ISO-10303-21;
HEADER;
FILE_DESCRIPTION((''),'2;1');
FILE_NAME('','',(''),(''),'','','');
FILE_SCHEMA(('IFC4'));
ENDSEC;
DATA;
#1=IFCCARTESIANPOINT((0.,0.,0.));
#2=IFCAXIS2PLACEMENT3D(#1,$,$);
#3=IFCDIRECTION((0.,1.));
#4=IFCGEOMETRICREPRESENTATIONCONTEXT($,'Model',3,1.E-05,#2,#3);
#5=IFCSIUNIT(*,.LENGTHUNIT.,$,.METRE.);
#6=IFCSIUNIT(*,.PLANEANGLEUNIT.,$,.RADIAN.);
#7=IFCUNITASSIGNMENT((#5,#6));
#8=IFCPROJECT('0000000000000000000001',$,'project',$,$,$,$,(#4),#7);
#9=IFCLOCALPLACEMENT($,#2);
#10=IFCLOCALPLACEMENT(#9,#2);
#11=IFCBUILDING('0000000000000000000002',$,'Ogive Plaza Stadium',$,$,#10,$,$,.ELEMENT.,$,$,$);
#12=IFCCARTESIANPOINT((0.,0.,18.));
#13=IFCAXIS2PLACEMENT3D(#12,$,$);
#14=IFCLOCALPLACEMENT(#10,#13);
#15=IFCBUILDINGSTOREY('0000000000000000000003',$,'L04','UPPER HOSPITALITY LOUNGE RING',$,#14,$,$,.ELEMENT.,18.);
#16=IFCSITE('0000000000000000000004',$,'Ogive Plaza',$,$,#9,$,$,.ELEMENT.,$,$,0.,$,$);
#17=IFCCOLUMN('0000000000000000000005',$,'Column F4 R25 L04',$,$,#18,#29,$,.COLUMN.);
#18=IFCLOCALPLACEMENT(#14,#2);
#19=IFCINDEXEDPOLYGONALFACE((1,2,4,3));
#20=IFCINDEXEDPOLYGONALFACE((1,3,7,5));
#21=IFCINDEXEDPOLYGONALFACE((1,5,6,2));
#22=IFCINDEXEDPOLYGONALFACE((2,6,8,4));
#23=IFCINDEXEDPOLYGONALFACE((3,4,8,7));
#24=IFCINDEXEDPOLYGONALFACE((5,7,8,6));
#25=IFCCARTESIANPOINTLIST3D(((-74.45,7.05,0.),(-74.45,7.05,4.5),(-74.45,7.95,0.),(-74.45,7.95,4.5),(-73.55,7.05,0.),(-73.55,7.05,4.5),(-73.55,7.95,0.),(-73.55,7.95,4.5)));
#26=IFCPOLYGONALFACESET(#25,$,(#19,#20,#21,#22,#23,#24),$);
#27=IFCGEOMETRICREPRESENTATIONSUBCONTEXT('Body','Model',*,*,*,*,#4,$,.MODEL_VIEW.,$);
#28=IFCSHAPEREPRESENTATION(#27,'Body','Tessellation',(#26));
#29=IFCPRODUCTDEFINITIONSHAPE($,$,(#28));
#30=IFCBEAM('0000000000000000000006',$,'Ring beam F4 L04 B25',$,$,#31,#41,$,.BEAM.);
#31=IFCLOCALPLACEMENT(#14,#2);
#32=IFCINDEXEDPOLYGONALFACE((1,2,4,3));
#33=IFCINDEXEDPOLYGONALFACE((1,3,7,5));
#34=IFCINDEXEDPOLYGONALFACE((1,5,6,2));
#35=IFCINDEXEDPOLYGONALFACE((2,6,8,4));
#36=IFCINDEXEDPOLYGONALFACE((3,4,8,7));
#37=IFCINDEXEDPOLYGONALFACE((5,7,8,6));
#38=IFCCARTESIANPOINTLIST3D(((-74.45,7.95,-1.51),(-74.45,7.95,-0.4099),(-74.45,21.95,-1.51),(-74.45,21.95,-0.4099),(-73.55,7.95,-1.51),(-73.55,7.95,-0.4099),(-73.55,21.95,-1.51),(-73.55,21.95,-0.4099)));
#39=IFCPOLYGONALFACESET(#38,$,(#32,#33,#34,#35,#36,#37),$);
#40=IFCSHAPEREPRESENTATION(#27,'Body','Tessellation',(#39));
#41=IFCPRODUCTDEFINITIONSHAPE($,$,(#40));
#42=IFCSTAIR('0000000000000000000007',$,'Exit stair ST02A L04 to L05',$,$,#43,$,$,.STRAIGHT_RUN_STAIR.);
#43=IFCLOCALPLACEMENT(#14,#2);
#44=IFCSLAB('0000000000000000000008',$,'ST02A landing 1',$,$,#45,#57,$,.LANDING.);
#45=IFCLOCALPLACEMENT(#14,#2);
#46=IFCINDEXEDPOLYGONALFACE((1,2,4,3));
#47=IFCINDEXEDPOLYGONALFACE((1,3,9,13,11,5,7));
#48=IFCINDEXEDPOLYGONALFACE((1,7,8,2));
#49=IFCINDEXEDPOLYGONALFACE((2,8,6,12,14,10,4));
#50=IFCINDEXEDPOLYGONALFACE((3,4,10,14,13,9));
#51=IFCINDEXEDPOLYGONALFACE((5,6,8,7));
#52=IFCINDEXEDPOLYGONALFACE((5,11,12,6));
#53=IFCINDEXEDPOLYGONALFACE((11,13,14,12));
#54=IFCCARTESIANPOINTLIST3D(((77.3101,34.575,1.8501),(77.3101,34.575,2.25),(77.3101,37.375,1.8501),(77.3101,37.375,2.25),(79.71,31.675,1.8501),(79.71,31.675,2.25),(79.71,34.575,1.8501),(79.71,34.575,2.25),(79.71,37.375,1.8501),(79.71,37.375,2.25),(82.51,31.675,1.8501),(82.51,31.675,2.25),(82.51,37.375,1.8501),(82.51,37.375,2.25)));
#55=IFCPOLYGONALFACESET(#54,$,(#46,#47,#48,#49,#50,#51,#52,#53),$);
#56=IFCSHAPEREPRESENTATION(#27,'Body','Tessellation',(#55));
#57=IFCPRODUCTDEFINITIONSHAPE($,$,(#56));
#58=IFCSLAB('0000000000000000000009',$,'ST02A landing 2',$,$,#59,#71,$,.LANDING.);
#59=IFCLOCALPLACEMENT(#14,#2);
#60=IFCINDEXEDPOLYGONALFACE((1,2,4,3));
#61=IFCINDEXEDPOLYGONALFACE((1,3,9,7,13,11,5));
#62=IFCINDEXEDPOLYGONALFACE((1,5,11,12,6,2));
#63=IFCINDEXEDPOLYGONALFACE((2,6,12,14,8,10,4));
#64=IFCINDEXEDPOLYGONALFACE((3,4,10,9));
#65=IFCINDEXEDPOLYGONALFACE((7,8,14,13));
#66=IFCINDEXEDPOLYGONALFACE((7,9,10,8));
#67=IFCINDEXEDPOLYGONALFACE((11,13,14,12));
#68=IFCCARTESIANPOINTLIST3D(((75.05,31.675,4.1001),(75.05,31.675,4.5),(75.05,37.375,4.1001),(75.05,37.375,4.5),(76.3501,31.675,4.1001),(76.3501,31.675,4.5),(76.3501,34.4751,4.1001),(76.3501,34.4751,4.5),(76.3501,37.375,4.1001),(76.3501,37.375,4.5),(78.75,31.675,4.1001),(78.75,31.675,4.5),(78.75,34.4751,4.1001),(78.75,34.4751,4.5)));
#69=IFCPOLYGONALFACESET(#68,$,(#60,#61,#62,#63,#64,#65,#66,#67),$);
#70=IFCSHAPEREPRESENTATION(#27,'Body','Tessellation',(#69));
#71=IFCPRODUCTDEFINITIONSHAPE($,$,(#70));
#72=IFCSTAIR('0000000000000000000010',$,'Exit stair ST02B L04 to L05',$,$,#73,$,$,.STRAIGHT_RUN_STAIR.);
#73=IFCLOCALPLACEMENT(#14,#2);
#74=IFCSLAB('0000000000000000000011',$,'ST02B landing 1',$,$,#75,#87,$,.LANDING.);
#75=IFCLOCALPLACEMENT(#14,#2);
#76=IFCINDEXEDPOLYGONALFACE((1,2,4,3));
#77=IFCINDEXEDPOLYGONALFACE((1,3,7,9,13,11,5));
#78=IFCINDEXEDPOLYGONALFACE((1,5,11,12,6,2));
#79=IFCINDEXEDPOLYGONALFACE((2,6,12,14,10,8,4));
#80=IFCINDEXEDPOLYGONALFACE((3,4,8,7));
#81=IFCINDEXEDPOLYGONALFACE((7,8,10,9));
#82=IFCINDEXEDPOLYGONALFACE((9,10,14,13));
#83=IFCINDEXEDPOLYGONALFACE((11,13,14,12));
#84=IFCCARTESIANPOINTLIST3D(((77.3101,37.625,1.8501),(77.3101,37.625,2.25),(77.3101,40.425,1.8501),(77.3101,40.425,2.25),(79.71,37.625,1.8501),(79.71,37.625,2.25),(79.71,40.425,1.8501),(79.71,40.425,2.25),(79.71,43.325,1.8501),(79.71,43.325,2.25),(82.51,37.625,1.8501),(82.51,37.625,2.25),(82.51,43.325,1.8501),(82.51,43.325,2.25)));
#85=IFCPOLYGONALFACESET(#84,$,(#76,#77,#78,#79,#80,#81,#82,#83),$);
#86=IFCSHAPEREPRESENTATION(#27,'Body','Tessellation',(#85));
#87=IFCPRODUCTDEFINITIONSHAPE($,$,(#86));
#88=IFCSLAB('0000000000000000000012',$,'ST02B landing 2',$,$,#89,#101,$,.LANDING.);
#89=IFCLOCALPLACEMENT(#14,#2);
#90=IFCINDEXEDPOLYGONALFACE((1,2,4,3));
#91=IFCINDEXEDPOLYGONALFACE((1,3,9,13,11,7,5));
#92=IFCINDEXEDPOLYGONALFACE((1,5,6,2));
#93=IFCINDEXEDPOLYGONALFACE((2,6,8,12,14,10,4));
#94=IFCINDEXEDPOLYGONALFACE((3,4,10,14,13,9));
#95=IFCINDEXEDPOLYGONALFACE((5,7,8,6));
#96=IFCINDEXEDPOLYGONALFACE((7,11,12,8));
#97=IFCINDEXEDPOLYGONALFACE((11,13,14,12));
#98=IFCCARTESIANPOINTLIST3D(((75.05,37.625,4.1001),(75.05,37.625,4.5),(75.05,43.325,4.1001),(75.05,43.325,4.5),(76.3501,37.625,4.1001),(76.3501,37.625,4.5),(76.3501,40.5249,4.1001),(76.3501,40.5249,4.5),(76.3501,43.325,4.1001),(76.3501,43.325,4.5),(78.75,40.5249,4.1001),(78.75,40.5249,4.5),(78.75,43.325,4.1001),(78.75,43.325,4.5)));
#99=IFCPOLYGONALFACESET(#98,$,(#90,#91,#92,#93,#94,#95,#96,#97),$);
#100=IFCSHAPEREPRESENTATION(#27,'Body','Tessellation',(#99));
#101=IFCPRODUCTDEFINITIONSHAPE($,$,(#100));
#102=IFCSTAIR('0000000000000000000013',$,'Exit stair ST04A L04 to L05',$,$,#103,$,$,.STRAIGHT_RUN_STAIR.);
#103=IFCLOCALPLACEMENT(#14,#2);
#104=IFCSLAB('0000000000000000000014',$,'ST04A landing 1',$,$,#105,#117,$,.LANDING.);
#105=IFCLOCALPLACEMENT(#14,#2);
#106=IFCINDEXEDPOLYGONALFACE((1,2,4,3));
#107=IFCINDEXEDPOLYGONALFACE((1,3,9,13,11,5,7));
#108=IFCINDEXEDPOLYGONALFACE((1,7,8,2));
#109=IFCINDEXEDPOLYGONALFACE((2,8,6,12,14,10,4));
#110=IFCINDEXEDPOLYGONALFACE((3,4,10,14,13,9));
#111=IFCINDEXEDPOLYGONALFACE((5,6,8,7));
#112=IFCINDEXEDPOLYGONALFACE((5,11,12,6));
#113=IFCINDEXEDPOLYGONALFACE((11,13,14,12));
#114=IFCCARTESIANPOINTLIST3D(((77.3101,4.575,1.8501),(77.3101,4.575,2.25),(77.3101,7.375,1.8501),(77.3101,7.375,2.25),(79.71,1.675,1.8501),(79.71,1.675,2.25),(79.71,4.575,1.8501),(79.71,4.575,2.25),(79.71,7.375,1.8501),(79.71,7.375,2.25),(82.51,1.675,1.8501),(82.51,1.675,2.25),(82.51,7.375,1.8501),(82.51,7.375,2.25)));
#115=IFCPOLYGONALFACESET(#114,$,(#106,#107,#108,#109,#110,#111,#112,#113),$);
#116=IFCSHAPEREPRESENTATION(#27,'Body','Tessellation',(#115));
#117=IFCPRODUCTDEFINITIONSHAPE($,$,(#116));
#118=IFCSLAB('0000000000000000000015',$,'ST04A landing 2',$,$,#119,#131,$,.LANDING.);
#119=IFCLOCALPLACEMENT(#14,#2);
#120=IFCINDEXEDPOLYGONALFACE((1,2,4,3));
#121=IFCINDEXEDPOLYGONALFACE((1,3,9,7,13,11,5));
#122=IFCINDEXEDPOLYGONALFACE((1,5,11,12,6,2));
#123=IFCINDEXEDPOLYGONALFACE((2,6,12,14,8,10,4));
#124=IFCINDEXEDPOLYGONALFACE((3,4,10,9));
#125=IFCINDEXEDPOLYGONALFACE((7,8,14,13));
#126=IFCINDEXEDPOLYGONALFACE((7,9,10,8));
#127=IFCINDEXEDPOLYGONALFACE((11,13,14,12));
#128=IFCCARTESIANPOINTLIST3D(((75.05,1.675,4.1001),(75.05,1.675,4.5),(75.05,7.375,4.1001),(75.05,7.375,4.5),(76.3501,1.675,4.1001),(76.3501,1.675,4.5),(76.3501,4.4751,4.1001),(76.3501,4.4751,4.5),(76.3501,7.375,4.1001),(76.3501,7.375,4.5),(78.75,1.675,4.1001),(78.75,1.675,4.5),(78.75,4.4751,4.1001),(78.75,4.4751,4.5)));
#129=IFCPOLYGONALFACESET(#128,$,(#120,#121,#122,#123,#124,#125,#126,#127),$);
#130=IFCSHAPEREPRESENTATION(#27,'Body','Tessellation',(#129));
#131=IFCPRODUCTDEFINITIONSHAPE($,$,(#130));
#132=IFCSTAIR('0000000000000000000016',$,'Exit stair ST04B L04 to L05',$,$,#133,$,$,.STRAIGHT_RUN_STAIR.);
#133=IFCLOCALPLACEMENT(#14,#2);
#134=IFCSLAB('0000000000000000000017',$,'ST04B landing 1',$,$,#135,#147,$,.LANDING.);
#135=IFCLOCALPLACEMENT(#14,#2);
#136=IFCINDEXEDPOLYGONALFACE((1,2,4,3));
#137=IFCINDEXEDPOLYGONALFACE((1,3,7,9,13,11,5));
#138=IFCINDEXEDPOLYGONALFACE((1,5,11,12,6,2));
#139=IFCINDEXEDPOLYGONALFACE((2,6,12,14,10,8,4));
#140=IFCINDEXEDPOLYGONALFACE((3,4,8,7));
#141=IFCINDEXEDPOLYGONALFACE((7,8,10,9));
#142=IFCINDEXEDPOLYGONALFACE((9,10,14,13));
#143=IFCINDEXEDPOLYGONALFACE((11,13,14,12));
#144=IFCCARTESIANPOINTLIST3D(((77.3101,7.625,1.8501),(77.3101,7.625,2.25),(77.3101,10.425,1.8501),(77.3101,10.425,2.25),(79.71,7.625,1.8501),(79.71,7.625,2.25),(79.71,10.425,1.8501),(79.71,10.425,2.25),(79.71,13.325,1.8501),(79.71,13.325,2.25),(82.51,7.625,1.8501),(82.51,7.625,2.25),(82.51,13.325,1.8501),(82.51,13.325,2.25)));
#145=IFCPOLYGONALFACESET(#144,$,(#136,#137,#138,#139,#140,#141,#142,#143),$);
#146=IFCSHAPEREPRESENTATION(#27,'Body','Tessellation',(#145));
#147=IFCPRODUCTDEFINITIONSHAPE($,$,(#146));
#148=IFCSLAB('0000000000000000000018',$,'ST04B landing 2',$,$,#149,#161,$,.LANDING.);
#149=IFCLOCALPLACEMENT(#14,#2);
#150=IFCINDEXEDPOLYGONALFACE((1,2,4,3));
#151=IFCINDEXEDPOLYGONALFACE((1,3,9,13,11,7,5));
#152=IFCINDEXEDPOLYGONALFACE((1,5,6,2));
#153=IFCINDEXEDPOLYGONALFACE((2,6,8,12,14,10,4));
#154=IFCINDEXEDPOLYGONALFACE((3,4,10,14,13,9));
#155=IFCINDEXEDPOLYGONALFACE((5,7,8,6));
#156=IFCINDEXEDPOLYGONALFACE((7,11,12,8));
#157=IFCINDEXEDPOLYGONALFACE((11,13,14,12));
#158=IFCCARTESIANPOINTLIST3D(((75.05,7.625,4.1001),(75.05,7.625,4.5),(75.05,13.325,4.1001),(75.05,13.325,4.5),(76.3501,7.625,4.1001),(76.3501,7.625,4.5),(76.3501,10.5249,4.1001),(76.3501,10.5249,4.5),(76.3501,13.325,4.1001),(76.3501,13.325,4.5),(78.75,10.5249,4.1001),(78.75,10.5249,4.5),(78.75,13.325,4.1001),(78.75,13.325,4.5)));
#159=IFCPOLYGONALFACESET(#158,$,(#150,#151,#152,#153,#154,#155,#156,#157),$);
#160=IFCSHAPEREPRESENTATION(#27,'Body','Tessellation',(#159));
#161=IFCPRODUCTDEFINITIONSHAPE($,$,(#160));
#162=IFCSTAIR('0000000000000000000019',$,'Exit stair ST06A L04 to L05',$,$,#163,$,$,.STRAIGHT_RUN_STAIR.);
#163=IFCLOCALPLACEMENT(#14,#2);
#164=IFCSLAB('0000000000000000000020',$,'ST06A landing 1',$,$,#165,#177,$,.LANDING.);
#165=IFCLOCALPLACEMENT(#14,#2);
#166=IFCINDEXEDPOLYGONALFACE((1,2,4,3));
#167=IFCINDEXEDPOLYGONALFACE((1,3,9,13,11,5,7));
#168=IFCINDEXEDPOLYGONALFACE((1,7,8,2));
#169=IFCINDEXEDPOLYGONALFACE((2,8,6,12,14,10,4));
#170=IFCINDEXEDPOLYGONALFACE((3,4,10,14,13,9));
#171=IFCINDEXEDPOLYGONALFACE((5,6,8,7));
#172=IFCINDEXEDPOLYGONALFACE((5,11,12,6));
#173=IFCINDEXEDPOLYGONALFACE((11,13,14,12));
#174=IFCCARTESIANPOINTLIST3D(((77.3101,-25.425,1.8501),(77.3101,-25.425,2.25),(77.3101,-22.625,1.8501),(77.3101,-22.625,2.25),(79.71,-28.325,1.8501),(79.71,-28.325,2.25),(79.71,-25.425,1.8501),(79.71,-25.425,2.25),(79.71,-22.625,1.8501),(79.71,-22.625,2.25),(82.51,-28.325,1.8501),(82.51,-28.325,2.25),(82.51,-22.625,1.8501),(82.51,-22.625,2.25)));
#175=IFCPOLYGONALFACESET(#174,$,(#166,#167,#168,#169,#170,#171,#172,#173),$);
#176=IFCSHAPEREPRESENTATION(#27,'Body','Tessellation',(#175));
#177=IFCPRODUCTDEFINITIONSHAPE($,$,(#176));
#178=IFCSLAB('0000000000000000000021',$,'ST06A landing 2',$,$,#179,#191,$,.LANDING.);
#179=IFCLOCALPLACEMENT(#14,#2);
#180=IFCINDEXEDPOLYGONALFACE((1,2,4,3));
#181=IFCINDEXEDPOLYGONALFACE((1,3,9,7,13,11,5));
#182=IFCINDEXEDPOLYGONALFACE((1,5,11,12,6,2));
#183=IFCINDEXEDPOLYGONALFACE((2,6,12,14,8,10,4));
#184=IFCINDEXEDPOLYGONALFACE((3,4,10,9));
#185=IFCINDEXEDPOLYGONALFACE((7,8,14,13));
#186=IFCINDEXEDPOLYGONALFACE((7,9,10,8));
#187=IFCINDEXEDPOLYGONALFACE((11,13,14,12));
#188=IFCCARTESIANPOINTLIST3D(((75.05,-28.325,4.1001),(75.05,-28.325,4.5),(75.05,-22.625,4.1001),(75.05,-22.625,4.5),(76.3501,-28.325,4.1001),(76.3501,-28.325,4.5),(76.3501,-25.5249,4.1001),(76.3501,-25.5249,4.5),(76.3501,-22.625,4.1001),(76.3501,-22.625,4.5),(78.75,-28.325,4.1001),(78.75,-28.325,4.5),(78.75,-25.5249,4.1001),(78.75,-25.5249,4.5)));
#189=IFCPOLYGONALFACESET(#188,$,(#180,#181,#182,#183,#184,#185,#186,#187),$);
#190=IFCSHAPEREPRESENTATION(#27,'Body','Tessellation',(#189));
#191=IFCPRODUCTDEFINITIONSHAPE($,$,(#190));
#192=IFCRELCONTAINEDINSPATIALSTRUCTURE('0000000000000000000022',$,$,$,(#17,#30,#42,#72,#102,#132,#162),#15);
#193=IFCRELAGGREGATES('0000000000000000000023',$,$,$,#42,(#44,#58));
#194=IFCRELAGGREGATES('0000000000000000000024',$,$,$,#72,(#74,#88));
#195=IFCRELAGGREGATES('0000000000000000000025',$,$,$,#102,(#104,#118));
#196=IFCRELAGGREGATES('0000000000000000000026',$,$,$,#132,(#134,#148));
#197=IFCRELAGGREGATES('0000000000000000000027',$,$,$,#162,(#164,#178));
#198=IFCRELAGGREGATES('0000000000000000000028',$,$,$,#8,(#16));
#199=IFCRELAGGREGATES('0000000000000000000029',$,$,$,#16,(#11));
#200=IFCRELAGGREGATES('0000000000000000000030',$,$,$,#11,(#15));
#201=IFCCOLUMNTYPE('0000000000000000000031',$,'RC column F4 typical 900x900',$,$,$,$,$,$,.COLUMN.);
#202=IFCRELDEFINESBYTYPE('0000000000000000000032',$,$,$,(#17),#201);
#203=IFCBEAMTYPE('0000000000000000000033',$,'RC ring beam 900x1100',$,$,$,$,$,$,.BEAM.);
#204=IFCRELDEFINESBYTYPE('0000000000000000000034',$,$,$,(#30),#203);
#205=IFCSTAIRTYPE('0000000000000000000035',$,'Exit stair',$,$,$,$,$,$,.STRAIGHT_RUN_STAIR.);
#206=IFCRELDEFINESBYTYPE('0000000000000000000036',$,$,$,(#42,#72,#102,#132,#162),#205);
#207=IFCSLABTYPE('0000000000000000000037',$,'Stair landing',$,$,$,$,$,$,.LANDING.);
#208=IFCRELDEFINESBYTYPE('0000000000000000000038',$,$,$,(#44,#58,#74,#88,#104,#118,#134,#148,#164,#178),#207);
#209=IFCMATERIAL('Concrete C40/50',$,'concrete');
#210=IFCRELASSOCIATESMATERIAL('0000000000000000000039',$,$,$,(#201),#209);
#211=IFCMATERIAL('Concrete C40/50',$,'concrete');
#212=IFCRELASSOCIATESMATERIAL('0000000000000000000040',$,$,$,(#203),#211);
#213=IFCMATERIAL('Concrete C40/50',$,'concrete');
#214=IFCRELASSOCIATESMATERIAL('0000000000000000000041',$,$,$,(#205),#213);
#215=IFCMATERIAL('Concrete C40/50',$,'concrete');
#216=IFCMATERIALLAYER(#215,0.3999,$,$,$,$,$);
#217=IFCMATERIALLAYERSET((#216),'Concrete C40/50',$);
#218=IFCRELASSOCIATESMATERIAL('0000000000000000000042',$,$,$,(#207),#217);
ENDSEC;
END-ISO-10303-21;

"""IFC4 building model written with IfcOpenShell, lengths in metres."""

from ifc_helpers import new_model, si_unit, direction, frame, origin, origin_2d, place, context, subcontext, project, spatial, polyline, rectangle, outline, extrude, material, layer, layer_set, material_profile, profile_set, type_object, element, aggregate, save


model = new_model("IFC4")

# Units and contexts
model_context = context("Model", 3, precision=1e-05, world=origin(), true_north=direction((0.0, 1.0)))
body_context = subcontext(model_context, "Body", "Model", "MODEL_VIEW")
ifc_project = project(units=[si_unit("LENGTHUNIT", "METRE"), si_unit("PLANEANGLEUNIT", "RADIAN")], contexts=[model_context])

# Site, building, storey
site_placement = place(None, origin())
site = spatial("IfcSite", under=ifc_project, at=site_placement, Name="Ogive Plaza", CompositionType="ELEMENT", RefElevation=0.0)
building_placement = place(site_placement, origin())
building = spatial("IfcBuilding", under=site, at=building_placement, Name="Ogive Plaza Stadium", CompositionType="ELEMENT")
storey_placement = place(building_placement, frame((0.0, 0.0, 18.0)))
storey = spatial("IfcBuildingStorey", under=building, at=storey_placement, Name="L04", Description="UPPER HOSPITALITY LOUNGE RING", CompositionType="ELEMENT", Elevation=18.0)

# Column
ifc_material_1 = material(Name="Concrete C40/50", Category="concrete")
ifc_material_profile_1 = material_profile(ifc_material_1, rectangle(XDim=0.8999, YDim=0.8999, at=origin_2d()), Name="RC 900x900")
ifc_profile_set_1 = profile_set([ifc_material_profile_1], Name="Concrete C40/50")
column_type = type_object("IfcColumnType", Name="RC column F4 typical 900x900", PredefinedType="COLUMN", material=ifc_profile_set_1)
column_placement = place(storey_placement, frame((-74.0, 7.5, 0.0), z_axis=(0.0, 0.0, 1.0), x_axis=(0.0, -1.0, 0.0)))
element("IfcColumn", 1, at=column_placement, inside=storey, type_object=column_type, Name="Column F4 R25 L04", PredefinedType="COLUMN", context=body_context, shape_type="SweptSolid", body=[
    extrude(rectangle(XDim=0.8999, YDim=0.8999, at=origin_2d()), origin(), (0.0, 0.0, 1.0), 4.5),
])

# Beam
ifc_material_2 = material(Name="Concrete C40/50", Category="concrete")
ifc_material_profile_2 = material_profile(ifc_material_2, rectangle(XDim=0.8999, YDim=1.1001, at=origin_2d()), Name="RC 900x1100")
ifc_profile_set_2 = profile_set([ifc_material_profile_2], Name="Concrete C40/50")
beam_type = type_object("IfcBeamType", Name="RC ring beam 900x1100", PredefinedType="BEAM", material=ifc_profile_set_2)
beam_placement = place(storey_placement, frame((-74.0, 7.95, -0.96), z_axis=(0.0, 1.0, 0.0), x_axis=(-1.0, 0.0, 0.0)))
element("IfcBeam", 2, at=beam_placement, inside=storey, type_object=beam_type, Name="Ring beam F4 L04 B25", PredefinedType="BEAM", context=body_context, shape_type="SweptSolid", body=[
    extrude(rectangle(XDim=0.8999, YDim=1.1001, at=origin_2d()), origin(), (0.0, 0.0, 1.0), 14.0),
])

# Stairs, slabs
ifc_material_3 = material(Name="Concrete C40/50", Category="concrete")
stair_type = type_object("IfcStairType", Name="Exit stair", PredefinedType="STRAIGHT_RUN_STAIR", material=ifc_material_3)
stair_1_placement = place(storey_placement, origin())
stair_1 = element("IfcStair", 3, at=stair_1_placement, inside=storey, type_object=stair_type, Name="Exit stair ST02A L04 to L05", PredefinedType="STRAIGHT_RUN_STAIR")
ifc_material_4 = material(Name="Concrete C40/50", Category="concrete")
ifc_layer_1 = layer(ifc_material_4, 0.3999)
ifc_layer_set_1 = layer_set([ifc_layer_1], Name="Concrete C40/50")
slab_type = type_object("IfcSlabType", Name="Stair landing", PredefinedType="LANDING", material=ifc_layer_set_1)
slab_1_placement = place(storey_placement, frame((0.0, 0.0, 1.8501)))
slab_1 = element("IfcSlab", 4, at=slab_1_placement, type_object=slab_type, Name="ST02A landing 1", PredefinedType="LANDING", context=body_context, shape_type="SweptSolid", body=[
    extrude(outline(polyline([(82.51, 37.375), (82.51, 31.675), (79.71, 31.675), (79.71, 34.575), (77.3101, 34.575), (77.3101, 37.375), (79.71, 37.375), (82.51, 37.375)])), origin(), (0.0, 0.0, 1.0), 0.3999),
])
slab_2_placement = place(storey_placement, frame((0.0, 0.0, 4.1001)))
slab_2 = element("IfcSlab", 5, at=slab_2_placement, type_object=slab_type, Name="ST02A landing 2", PredefinedType="LANDING", context=body_context, shape_type="SweptSolid", body=[
    extrude(outline(polyline([(78.75, 34.4751), (78.75, 31.675), (76.3501, 31.675), (75.05, 31.675), (75.05, 37.375), (76.3501, 37.375), (76.3501, 34.4751), (78.75, 34.4751)])), origin(), (0.0, 0.0, 1.0), 0.3999),
])
aggregate(stair_1, [slab_1, slab_2])
stair_2_placement = place(storey_placement, origin())
stair_2 = element("IfcStair", 6, at=stair_2_placement, inside=storey, type_object=stair_type, Name="Exit stair ST02B L04 to L05", PredefinedType="STRAIGHT_RUN_STAIR")
slab_3_placement = place(storey_placement, frame((0.0, 0.0, 1.8501)))
slab_3 = element("IfcSlab", 7, at=slab_3_placement, type_object=slab_type, Name="ST02B landing 1", PredefinedType="LANDING", context=body_context, shape_type="SweptSolid", body=[
    extrude(outline(polyline([(77.3101, 37.625), (77.3101, 40.425), (79.71, 40.425), (79.71, 43.325), (82.51, 43.325), (82.51, 37.625), (79.71, 37.625), (77.3101, 37.625)])), origin(), (0.0, 0.0, 1.0), 0.3999),
])
slab_4_placement = place(storey_placement, frame((0.0, 0.0, 4.1001)))
slab_4 = element("IfcSlab", 8, at=slab_4_placement, type_object=slab_type, Name="ST02B landing 2", PredefinedType="LANDING", context=body_context, shape_type="SweptSolid", body=[
    extrude(outline(polyline([(76.3501, 37.625), (75.05, 37.625), (75.05, 43.325), (76.3501, 43.325), (78.75, 43.325), (78.75, 40.5249), (76.3501, 40.5249), (76.3501, 37.625)])), origin(), (0.0, 0.0, 1.0), 0.3999),
])
aggregate(stair_2, [slab_3, slab_4])
stair_3_placement = place(storey_placement, origin())
stair_3 = element("IfcStair", 9, at=stair_3_placement, inside=storey, type_object=stair_type, Name="Exit stair ST04A L04 to L05", PredefinedType="STRAIGHT_RUN_STAIR")
slab_5_placement = place(storey_placement, frame((0.0, 0.0, 1.8501)))
slab_5 = element("IfcSlab", 10, at=slab_5_placement, type_object=slab_type, Name="ST04A landing 1", PredefinedType="LANDING", context=body_context, shape_type="SweptSolid", body=[
    extrude(outline(polyline([(82.51, 7.375), (82.51, 1.675), (79.71, 1.675), (79.71, 4.575), (77.3101, 4.575), (77.3101, 7.375), (79.71, 7.375), (82.51, 7.375)])), origin(), (0.0, 0.0, 1.0), 0.3999),
])
slab_6_placement = place(storey_placement, frame((0.0, 0.0, 4.1001)))
slab_6 = element("IfcSlab", 11, at=slab_6_placement, type_object=slab_type, Name="ST04A landing 2", PredefinedType="LANDING", context=body_context, shape_type="SweptSolid", body=[
    extrude(outline(polyline([(78.75, 4.4751), (78.75, 1.675), (76.3501, 1.675), (75.05, 1.675), (75.05, 7.375), (76.3501, 7.375), (76.3501, 4.4751), (78.75, 4.4751)])), origin(), (0.0, 0.0, 1.0), 0.3999),
])
aggregate(stair_3, [slab_5, slab_6])
stair_4_placement = place(storey_placement, origin())
stair_4 = element("IfcStair", 12, at=stair_4_placement, inside=storey, type_object=stair_type, Name="Exit stair ST04B L04 to L05", PredefinedType="STRAIGHT_RUN_STAIR")
slab_7_placement = place(storey_placement, frame((0.0, 0.0, 1.8501)))
slab_7 = element("IfcSlab", 13, at=slab_7_placement, type_object=slab_type, Name="ST04B landing 1", PredefinedType="LANDING", context=body_context, shape_type="SweptSolid", body=[
    extrude(outline(polyline([(77.3101, 7.625), (77.3101, 10.425), (79.71, 10.425), (79.71, 13.325), (82.51, 13.325), (82.51, 7.625), (79.71, 7.625), (77.3101, 7.625)])), origin(), (0.0, 0.0, 1.0), 0.3999),
])
slab_8_placement = place(storey_placement, frame((0.0, 0.0, 4.1001)))
slab_8 = element("IfcSlab", 14, at=slab_8_placement, type_object=slab_type, Name="ST04B landing 2", PredefinedType="LANDING", context=body_context, shape_type="SweptSolid", body=[
    extrude(outline(polyline([(76.3501, 7.625), (75.05, 7.625), (75.05, 13.325), (76.3501, 13.325), (78.75, 13.325), (78.75, 10.5249), (76.3501, 10.5249), (76.3501, 7.625)])), origin(), (0.0, 0.0, 1.0), 0.3999),
])
aggregate(stair_4, [slab_7, slab_8])
stair_5_placement = place(storey_placement, origin())
stair_5 = element("IfcStair", 15, at=stair_5_placement, inside=storey, type_object=stair_type, Name="Exit stair ST06A L04 to L05", PredefinedType="STRAIGHT_RUN_STAIR")
slab_9_placement = place(storey_placement, frame((0.0, 0.0, 1.8501)))
slab_9 = element("IfcSlab", 16, at=slab_9_placement, type_object=slab_type, Name="ST06A landing 1", PredefinedType="LANDING", context=body_context, shape_type="SweptSolid", body=[
    extrude(outline(polyline([(82.51, -22.625), (82.51, -28.325), (79.71, -28.325), (79.71, -25.425), (77.3101, -25.425), (77.3101, -22.625), (79.71, -22.625), (82.51, -22.625)])), origin(), (0.0, 0.0, 1.0), 0.3999),
])
slab_10_placement = place(storey_placement, frame((0.0, 0.0, 4.1001)))
slab_10 = element("IfcSlab", 17, at=slab_10_placement, type_object=slab_type, Name="ST06A landing 2", PredefinedType="LANDING", context=body_context, shape_type="SweptSolid", body=[
    extrude(outline(polyline([(78.75, -25.5249), (78.75, -28.325), (76.3501, -28.325), (75.05, -28.325), (75.05, -22.625), (76.3501, -22.625), (76.3501, -25.5249), (78.75, -25.5249)])), origin(), (0.0, 0.0, 1.0), 0.3999),
])
aggregate(stair_5, [slab_9, slab_10])

save(model, "model.ifc")
